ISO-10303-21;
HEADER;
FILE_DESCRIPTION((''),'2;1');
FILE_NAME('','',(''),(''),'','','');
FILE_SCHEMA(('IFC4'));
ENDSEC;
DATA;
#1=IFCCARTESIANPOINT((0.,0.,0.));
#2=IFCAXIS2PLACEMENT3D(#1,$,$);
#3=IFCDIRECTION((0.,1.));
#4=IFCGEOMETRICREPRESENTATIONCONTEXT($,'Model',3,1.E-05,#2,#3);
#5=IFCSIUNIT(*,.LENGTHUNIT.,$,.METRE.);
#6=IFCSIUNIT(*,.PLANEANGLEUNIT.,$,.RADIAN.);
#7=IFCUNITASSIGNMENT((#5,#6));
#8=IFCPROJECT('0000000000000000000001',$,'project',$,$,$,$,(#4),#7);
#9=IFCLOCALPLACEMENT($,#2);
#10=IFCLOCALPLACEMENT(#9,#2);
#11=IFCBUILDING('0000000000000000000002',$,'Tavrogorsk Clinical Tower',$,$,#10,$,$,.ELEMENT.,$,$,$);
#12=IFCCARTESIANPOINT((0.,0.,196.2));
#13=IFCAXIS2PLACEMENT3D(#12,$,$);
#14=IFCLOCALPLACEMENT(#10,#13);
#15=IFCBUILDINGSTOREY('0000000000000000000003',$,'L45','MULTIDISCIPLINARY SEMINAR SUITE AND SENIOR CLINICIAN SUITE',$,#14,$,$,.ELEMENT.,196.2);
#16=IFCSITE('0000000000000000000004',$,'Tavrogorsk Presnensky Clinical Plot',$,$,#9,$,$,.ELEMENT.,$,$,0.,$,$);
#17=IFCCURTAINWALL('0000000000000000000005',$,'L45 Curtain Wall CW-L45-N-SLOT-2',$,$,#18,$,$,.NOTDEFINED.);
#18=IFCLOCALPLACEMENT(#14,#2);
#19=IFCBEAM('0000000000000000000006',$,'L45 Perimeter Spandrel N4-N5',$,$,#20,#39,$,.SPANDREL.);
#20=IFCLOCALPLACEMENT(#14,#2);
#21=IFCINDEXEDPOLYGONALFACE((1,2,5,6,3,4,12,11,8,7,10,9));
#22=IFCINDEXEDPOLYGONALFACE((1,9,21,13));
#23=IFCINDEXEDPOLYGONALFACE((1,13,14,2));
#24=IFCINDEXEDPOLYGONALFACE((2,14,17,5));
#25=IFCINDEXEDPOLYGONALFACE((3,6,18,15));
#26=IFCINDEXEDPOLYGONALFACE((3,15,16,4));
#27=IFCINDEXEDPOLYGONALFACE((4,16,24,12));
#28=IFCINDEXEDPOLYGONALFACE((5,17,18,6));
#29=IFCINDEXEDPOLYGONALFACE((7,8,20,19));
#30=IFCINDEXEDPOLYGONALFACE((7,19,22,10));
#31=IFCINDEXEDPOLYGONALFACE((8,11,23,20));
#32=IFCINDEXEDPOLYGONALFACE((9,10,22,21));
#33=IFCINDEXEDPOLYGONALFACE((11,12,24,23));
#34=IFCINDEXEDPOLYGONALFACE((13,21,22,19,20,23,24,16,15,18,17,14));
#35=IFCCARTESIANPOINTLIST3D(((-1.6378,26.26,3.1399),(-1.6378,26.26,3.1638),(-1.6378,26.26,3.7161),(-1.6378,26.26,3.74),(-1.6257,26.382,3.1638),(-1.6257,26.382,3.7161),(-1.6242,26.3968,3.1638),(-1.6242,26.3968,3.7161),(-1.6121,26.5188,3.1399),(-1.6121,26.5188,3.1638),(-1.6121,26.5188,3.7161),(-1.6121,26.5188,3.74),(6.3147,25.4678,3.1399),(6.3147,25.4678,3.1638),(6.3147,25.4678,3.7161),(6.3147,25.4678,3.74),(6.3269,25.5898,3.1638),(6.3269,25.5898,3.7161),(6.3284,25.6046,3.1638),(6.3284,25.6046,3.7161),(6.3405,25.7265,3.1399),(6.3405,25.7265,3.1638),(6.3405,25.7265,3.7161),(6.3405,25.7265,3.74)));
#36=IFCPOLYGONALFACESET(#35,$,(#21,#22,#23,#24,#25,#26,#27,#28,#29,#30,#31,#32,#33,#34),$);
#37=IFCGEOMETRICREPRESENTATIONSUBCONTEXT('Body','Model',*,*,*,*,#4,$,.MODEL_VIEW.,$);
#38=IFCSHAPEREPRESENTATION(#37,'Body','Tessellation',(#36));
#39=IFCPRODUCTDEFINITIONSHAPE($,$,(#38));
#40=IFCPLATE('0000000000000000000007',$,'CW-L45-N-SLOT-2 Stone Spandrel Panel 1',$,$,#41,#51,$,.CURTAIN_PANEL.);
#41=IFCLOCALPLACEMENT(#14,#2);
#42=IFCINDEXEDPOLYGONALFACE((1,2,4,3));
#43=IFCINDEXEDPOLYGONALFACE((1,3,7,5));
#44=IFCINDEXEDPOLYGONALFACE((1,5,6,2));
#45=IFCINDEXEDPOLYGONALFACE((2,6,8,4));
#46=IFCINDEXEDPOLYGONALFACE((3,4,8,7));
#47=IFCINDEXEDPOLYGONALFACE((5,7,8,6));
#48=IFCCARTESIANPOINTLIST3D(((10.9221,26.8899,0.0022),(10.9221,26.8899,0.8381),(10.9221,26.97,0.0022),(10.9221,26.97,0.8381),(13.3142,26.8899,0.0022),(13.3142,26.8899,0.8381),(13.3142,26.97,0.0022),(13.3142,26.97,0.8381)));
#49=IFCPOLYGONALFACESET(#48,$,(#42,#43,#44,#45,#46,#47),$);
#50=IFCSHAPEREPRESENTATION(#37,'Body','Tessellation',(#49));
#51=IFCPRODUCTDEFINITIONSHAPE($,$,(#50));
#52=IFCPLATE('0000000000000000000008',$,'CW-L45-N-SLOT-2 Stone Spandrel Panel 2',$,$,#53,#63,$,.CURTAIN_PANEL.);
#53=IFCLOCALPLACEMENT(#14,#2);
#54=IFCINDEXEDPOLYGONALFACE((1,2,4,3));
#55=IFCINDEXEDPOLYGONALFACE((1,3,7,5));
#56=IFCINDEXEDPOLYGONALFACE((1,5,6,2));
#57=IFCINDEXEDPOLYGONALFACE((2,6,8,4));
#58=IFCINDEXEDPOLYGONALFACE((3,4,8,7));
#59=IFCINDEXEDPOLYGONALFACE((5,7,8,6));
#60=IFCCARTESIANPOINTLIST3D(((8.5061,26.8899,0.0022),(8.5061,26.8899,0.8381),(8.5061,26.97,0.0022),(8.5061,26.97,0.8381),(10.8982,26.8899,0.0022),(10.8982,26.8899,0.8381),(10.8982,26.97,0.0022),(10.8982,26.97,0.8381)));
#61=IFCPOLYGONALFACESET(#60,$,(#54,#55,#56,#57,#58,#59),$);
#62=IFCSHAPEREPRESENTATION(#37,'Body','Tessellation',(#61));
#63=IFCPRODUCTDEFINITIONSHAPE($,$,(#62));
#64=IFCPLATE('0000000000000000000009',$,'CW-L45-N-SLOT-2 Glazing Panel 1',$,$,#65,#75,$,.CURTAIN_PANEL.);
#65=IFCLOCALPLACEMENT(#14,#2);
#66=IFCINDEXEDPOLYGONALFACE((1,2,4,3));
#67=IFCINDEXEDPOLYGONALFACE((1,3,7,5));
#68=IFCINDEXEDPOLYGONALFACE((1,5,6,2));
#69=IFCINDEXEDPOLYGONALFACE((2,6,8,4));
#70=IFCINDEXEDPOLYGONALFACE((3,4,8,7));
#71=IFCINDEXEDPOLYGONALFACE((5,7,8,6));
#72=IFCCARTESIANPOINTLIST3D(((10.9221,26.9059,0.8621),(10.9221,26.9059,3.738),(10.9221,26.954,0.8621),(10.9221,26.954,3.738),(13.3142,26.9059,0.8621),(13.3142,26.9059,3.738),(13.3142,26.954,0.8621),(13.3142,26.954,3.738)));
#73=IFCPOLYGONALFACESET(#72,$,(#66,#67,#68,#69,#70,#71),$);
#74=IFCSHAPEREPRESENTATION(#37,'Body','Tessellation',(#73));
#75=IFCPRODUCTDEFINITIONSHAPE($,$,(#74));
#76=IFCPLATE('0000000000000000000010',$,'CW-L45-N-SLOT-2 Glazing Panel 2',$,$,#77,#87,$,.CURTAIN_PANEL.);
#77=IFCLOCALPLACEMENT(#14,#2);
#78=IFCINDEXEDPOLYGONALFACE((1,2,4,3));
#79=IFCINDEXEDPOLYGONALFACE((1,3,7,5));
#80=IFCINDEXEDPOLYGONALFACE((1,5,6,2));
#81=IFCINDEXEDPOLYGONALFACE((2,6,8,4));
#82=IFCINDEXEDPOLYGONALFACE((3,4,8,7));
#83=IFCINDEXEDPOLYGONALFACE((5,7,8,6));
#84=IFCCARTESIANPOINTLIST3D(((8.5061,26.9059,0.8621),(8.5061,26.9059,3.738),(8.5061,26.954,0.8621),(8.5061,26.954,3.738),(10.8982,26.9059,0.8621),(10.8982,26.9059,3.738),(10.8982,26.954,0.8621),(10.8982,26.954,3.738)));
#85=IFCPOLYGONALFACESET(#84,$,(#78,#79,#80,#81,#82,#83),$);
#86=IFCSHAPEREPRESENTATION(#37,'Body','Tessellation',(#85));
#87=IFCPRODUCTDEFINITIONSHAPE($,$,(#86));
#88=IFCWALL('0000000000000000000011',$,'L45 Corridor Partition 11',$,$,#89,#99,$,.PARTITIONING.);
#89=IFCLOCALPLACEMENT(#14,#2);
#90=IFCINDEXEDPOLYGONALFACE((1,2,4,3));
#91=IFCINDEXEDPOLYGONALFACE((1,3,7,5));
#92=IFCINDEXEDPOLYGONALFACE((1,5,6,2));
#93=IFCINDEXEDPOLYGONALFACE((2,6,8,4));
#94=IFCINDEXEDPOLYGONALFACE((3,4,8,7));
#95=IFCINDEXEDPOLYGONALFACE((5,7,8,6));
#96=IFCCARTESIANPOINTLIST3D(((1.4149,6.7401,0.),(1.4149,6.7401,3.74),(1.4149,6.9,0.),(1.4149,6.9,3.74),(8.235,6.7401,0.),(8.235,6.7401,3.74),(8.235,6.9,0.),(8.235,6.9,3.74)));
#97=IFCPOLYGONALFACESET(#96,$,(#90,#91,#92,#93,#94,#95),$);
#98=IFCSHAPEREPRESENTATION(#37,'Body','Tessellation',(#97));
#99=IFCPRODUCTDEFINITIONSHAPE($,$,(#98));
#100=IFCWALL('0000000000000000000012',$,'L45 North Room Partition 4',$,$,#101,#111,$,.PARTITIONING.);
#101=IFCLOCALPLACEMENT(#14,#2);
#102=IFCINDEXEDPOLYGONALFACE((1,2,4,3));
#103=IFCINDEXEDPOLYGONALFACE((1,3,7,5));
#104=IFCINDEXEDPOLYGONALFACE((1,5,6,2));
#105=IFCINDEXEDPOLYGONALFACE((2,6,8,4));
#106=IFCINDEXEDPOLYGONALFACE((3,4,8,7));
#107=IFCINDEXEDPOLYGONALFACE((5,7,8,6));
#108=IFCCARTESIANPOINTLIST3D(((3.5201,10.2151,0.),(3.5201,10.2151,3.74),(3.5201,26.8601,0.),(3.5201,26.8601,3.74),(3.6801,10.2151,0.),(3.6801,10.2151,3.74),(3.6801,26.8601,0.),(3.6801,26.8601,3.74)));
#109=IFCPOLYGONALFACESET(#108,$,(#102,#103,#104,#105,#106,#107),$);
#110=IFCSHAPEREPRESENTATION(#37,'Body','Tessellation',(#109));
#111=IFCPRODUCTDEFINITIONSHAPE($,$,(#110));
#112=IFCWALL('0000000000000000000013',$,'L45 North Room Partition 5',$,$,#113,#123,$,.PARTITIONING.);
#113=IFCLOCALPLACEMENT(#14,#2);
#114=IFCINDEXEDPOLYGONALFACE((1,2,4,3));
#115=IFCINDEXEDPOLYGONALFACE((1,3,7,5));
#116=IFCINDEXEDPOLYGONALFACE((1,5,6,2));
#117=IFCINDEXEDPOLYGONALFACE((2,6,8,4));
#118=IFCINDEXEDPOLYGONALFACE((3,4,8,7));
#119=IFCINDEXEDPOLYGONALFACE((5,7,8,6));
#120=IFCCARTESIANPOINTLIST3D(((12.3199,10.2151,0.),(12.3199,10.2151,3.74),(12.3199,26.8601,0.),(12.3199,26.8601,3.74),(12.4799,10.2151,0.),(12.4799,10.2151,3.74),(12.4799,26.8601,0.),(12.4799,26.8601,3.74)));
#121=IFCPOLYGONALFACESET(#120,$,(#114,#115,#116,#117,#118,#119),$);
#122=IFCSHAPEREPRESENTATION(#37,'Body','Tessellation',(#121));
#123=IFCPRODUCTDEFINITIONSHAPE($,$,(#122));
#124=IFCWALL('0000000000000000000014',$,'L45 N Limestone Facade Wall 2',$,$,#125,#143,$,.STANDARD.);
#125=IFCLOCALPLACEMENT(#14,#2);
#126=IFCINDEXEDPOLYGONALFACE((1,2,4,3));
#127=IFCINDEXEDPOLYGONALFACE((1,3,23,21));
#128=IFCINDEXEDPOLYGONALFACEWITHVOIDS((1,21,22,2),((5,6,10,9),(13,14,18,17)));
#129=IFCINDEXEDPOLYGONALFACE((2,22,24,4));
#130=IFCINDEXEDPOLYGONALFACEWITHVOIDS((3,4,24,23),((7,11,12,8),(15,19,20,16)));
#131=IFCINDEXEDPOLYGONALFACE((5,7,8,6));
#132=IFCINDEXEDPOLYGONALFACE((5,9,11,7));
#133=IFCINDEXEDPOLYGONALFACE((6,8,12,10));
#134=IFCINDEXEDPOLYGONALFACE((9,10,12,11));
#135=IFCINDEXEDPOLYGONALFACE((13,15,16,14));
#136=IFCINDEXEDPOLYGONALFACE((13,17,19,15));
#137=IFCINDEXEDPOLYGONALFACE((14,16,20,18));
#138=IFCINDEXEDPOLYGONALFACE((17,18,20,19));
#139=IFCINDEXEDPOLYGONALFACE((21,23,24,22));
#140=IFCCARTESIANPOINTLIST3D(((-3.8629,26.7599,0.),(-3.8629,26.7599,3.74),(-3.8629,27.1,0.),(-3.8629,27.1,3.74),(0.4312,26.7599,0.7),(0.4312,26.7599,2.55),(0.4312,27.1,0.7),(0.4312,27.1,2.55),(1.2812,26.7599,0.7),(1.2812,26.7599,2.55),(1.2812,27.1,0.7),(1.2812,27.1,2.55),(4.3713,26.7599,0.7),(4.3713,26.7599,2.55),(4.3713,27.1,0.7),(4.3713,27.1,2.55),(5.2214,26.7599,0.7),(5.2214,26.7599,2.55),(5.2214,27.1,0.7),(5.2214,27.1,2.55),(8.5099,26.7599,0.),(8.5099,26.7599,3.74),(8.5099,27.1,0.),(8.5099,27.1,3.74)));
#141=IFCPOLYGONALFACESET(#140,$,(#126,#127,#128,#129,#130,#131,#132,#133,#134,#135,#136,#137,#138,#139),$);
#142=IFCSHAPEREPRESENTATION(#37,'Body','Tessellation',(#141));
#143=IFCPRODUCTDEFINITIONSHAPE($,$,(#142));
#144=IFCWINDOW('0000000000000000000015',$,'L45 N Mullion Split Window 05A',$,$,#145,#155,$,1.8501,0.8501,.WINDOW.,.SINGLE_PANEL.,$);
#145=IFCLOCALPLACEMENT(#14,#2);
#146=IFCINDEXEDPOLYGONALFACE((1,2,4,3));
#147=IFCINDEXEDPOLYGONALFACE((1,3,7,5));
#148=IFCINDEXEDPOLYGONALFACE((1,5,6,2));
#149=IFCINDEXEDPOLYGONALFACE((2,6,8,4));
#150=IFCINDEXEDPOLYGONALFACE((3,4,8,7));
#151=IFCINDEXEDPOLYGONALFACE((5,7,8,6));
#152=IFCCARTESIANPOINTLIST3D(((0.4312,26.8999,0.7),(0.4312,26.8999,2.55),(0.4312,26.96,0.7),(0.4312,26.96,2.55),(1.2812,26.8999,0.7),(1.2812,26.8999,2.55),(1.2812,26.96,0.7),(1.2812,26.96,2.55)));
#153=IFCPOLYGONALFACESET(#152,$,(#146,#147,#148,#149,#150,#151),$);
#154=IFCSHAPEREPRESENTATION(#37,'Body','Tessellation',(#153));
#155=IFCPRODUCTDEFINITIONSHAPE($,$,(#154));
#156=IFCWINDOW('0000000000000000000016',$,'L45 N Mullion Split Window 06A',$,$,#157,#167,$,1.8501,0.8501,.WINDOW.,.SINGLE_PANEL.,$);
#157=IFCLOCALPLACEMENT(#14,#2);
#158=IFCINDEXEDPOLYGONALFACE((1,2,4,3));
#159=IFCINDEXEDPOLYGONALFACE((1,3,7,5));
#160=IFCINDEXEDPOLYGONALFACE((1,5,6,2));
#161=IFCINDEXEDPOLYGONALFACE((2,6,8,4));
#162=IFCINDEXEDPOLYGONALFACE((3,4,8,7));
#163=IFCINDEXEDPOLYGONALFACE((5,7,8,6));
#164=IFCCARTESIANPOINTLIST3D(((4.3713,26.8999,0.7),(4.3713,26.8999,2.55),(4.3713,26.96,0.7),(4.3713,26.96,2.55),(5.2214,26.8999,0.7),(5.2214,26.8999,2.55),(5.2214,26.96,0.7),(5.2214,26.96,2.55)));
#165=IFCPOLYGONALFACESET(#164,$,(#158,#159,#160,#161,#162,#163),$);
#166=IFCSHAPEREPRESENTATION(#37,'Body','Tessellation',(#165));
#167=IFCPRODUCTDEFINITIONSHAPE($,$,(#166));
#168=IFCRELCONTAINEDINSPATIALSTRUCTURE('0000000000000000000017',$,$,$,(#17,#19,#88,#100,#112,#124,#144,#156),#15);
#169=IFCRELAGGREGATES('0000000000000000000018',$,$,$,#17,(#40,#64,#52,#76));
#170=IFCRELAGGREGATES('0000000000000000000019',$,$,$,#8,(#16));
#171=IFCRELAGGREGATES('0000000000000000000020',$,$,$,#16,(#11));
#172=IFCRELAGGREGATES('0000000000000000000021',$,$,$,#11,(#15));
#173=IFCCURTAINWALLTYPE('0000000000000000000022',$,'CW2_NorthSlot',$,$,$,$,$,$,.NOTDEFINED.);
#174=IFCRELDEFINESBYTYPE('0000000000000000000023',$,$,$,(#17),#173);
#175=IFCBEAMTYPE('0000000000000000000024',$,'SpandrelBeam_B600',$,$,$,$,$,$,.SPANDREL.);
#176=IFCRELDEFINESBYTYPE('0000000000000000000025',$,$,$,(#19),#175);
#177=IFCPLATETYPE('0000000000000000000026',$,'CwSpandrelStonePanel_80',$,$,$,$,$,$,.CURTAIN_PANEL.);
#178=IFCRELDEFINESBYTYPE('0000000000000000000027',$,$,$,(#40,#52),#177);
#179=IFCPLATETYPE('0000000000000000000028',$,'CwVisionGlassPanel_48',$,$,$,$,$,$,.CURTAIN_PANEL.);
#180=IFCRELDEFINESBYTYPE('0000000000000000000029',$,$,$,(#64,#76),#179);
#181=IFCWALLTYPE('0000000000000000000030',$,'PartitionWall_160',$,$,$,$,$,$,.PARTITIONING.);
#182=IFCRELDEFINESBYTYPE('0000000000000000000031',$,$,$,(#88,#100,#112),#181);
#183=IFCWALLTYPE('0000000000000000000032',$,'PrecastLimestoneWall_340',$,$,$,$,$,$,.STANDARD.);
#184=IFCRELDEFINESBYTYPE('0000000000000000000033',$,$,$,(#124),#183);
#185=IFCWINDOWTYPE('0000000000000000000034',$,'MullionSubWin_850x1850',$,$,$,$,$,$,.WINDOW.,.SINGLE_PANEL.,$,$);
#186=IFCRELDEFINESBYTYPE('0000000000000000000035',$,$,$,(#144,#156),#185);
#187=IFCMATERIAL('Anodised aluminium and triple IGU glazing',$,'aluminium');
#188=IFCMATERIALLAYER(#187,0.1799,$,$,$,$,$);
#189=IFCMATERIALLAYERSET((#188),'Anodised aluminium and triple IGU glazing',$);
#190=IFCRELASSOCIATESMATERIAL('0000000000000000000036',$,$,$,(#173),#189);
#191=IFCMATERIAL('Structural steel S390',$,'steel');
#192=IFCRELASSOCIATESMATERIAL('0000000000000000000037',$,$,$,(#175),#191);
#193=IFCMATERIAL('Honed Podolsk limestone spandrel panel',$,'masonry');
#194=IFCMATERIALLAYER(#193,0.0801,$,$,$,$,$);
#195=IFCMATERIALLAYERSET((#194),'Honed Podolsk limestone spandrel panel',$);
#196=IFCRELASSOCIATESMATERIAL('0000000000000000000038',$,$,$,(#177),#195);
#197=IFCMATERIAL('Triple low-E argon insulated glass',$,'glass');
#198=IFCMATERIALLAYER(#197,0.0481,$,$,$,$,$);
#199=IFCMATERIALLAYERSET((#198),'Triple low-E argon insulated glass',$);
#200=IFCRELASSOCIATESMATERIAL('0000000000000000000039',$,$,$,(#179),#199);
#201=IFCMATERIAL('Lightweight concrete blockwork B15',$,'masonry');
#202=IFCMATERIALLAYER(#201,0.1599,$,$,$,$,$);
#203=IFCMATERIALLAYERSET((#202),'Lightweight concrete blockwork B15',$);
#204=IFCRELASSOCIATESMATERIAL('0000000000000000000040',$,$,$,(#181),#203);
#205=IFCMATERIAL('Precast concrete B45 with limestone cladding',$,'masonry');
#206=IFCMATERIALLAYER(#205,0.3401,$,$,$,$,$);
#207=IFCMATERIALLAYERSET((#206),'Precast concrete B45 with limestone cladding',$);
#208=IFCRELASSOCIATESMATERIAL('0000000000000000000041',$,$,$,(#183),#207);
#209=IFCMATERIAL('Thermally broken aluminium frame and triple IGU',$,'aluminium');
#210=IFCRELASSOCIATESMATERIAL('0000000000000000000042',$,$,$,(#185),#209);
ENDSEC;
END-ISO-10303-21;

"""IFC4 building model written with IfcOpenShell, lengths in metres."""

from ifc_helpers import new_model, si_unit, direction, frame, frame_2d, origin, origin_2d, place, context, subcontext, project, spatial, rectangle, i_section, extrude, material, layer, layer_set, material_profile, profile_set, type_object, element, fill, aggregate, save


model = new_model("IFC4")

# Units and contexts
model_context = context("Model", 3, precision=1e-05, world=origin(), true_north=direction((0.0, 1.0)))
body_context = subcontext(model_context, "Body", "Model", "MODEL_VIEW")
ifc_project = project(units=[si_unit("LENGTHUNIT", "METRE"), si_unit("PLANEANGLEUNIT", "RADIAN")], contexts=[model_context])

# Site, building, storey
site_placement = place(None, origin())
site = spatial("IfcSite", under=ifc_project, at=site_placement, Name="Tavrogorsk Presnensky Clinical Plot", CompositionType="ELEMENT", RefElevation=0.0)
building_placement = place(site_placement, origin())
building = spatial("IfcBuilding", under=site, at=building_placement, Name="Tavrogorsk Clinical Tower", CompositionType="ELEMENT")
storey_placement = place(building_placement, frame((0.0, 0.0, 196.2)))
storey = spatial("IfcBuildingStorey", under=building, at=storey_placement, Name="L45", Description="MULTIDISCIPLINARY SEMINAR SUITE AND SENIOR CLINICIAN SUITE", CompositionType="ELEMENT", Elevation=196.2)

# Curtain wall
ifc_material_1 = material(Name="Anodised aluminium and triple IGU glazing", Category="aluminium")
ifc_layer_1 = layer(ifc_material_1, 0.1799)
ifc_layer_set_1 = layer_set([ifc_layer_1], Name="Anodised aluminium and triple IGU glazing")
curtain_wall_type = type_object("IfcCurtainWallType", Name="CW2_NorthSlot", PredefinedType="NOTDEFINED", material=ifc_layer_set_1)
curtain_wall_placement = place(storey_placement, origin())
curtain_wall = element("IfcCurtainWall", 1, at=curtain_wall_placement, inside=storey, type_object=curtain_wall_type, Name="L45 Curtain Wall CW-L45-N-SLOT-2", PredefinedType="NOTDEFINED")

# Beam
ifc_material_2 = material(Name="Structural steel S390", Category="steel")
ifc_material_profile_1 = material_profile(ifc_material_2, i_section(OverallWidth=0.26, OverallDepth=0.6001, WebThickness=0.0149, FlangeThickness=0.0239, at=origin_2d()), Name="B-600x260x15x24")
ifc_profile_set_1 = profile_set([ifc_material_profile_1], Name="Structural steel S390")
beam_type_1 = type_object("IfcBeamType", Name="SpandrelBeam_B600", PredefinedType="SPANDREL", material=ifc_profile_set_1)
beam_1_placement = place(storey_placement, frame((6.3276, 25.5972, 3.4399), z_axis=(-0.995075, 0.099129, 0.0), x_axis=(-0.099129, -0.995075, 0.0)))
element("IfcBeam", 2, at=beam_1_placement, inside=storey, type_object=beam_type_1, Name="L45 Perimeter Spandrel N4-N5", PredefinedType="SPANDREL", context=body_context, shape_type="SweptSolid", body=[
    extrude(i_section(OverallWidth=0.26, OverallDepth=0.6001, WebThickness=0.0149, FlangeThickness=0.0239, at=origin_2d()), origin(), (0.0, 0.0, 1.0), 7.9919),
])

# Plates
ifc_material_3 = material(Name="Honed Podolsk limestone spandrel panel", Category="masonry")
ifc_layer_2 = layer(ifc_material_3, 0.0801)
ifc_layer_set_2 = layer_set([ifc_layer_2], Name="Honed Podolsk limestone spandrel panel")
plate_type_1 = type_object("IfcPlateType", Name="CwSpandrelStonePanel_80", PredefinedType="CURTAIN_PANEL", material=ifc_layer_set_2)
plate_1_placement = place(storey_placement, frame((12.1182, 26.9299, 0.0022), z_axis=(0.0, 0.0, 1.0), x_axis=(-1.0, 0.0, 0.0)))
plate_1 = element("IfcPlate", 3, at=plate_1_placement, type_object=plate_type_1, Name="CW-L45-N-SLOT-2 Stone Spandrel Panel 1", PredefinedType="CURTAIN_PANEL", context=body_context, shape_type="SweptSolid", body=[
    extrude(rectangle(XDim=2.3921, YDim=0.0801, at=origin_2d()), origin(), (0.0, 0.0, 1.0), 0.8359),
])
plate_2_placement = place(storey_placement, frame((9.7021, 26.9299, 0.0022), z_axis=(0.0, 0.0, 1.0), x_axis=(-1.0, 0.0, 0.0)))
plate_2 = element("IfcPlate", 4, at=plate_2_placement, type_object=plate_type_1, Name="CW-L45-N-SLOT-2 Stone Spandrel Panel 2", PredefinedType="CURTAIN_PANEL", context=body_context, shape_type="SweptSolid", body=[
    extrude(rectangle(XDim=2.3921, YDim=0.0801, at=origin_2d()), origin(), (0.0, 0.0, 1.0), 0.8359),
])
ifc_material_4 = material(Name="Triple low-E argon insulated glass", Category="glass")
ifc_layer_3 = layer(ifc_material_4, 0.0481)
ifc_layer_set_3 = layer_set([ifc_layer_3], Name="Triple low-E argon insulated glass")
plate_type_2 = type_object("IfcPlateType", Name="CwVisionGlassPanel_48", PredefinedType="CURTAIN_PANEL", material=ifc_layer_set_3)
plate_3_placement = place(storey_placement, frame((12.1182, 26.9299, 0.8621), z_axis=(0.0, 0.0, 1.0), x_axis=(-1.0, 0.0, 0.0)))
plate_3 = element("IfcPlate", 5, at=plate_3_placement, type_object=plate_type_2, Name="CW-L45-N-SLOT-2 Glazing Panel 1", PredefinedType="CURTAIN_PANEL", context=body_context, shape_type="SweptSolid", body=[
    extrude(rectangle(XDim=2.3921, YDim=0.0481, at=origin_2d()), origin(), (0.0, 0.0, 1.0), 2.876),
])
plate_4_placement = place(storey_placement, frame((9.7021, 26.9299, 0.8621), z_axis=(0.0, 0.0, 1.0), x_axis=(-1.0, 0.0, 0.0)))
plate_4 = element("IfcPlate", 6, at=plate_4_placement, type_object=plate_type_2, Name="CW-L45-N-SLOT-2 Glazing Panel 2", PredefinedType="CURTAIN_PANEL", context=body_context, shape_type="SweptSolid", body=[
    extrude(rectangle(XDim=2.3921, YDim=0.0481, at=origin_2d()), origin(), (0.0, 0.0, 1.0), 2.876),
])
aggregate(curtain_wall, [plate_1, plate_3, plate_2, plate_4])

# Walls
ifc_material_5 = material(Name="Lightweight concrete blockwork B15", Category="masonry")
ifc_layer_4 = layer(ifc_material_5, 0.1599)
ifc_layer_set_4 = layer_set([ifc_layer_4], Name="Lightweight concrete blockwork B15")
wall_type_1 = type_object("IfcWallType", Name="PartitionWall_160", PredefinedType="PARTITIONING", material=ifc_layer_set_4)
wall_1_placement = place(storey_placement, frame((8.2351, 6.8201, 0.0), z_axis=(0.0, 0.0, 1.0), x_axis=(-1.0, 0.0, 0.0)))
element("IfcWall", 7, at=wall_1_placement, inside=storey, type_object=wall_type_1, Name="L45 Corridor Partition 11", PredefinedType="PARTITIONING", context=body_context, shape_type="SweptSolid", body=[
    extrude(rectangle(XDim=6.8201, YDim=0.1599, at=frame_2d((3.4102, 0.0))), origin(), (0.0, 0.0, 1.0), 3.74),
])
for number, where, z_axis, x_axis, name in (
    (8, (3.6001, 10.2151, 0.0), (0.0, 0.0, 1.0), (0.0, 1.0, 0.0), "L45 North Room Partition 4"),
    (9, (12.3999, 10.2151, 0.0), (0.0, 0.0, 1.0), (0.0, 1.0, 0.0), "L45 North Room Partition 5"),
):
    element("IfcWall", number, at=place(storey_placement, frame(where, z_axis=z_axis, x_axis=x_axis)), inside=storey, type_object=wall_type_1, Name=name, PredefinedType="PARTITIONING", context=body_context, shape_type="SweptSolid", body=[
        extrude(rectangle(XDim=16.645, YDim=0.1599, at=frame_2d((8.3225, 0.0))), origin(), (0.0, 0.0, 1.0), 3.74),
    ])

# Wall, openings, windows
ifc_material_6 = material(Name="Precast concrete B45 with limestone cladding", Category="masonry")
ifc_layer_5 = layer(ifc_material_6, 0.3401)
ifc_layer_set_5 = layer_set([ifc_layer_5], Name="Precast concrete B45 with limestone cladding")
wall_type_2 = type_object("IfcWallType", Name="PrecastLimestoneWall_340", PredefinedType="STANDARD", material=ifc_layer_set_5)
wall_2_placement = place(storey_placement, frame((8.51, 26.9299, 0.0), z_axis=(0.0, 0.0, 1.0), x_axis=(-1.0, 0.0, 0.0)))
wall_2 = element("IfcWall", 10, at=wall_2_placement, inside=storey, type_object=wall_type_2, Name="L45 N Limestone Facade Wall 2", PredefinedType="STANDARD", context=body_context, shape_type="SweptSolid", body=[
    extrude(rectangle(XDim=12.3728, YDim=0.3401, at=frame_2d((6.1865, 0.0))), origin(), (0.0, 0.0, 1.0), 3.74),
])
opening_1_placement = place(wall_2_placement, frame((7.2288, 0.0, 0.7)))
opening_1 = element("IfcOpeningElement", 11, at=opening_1_placement, cuts=wall_2, PredefinedType="OPENING", context=body_context, shape_type="SweptSolid", body=[
    extrude(rectangle(XDim=0.8501, YDim=1.8501, at=frame_2d((0.425, 0.925))), frame((0.0, 0.1799, 0.0), z_axis=(0.0, -1.0, 0.0), x_axis=(1.0, 0.0, 0.0)), (0.0, 0.0, 1.0), 0.3601),
])
opening_2_placement = place(wall_2_placement, frame((3.2886, 0.0, 0.7)))
opening_2 = element("IfcOpeningElement", 12, at=opening_2_placement, cuts=wall_2, PredefinedType="OPENING", context=body_context, shape_type="SweptSolid", body=[
    extrude(rectangle(XDim=0.8501, YDim=1.8501, at=frame_2d((0.425, 0.925))), frame((0.0, 0.1799, 0.0), z_axis=(0.0, -1.0, 0.0), x_axis=(1.0, 0.0, 0.0)), (0.0, 0.0, 1.0), 0.3601),
])
ifc_material_7 = material(Name="Thermally broken aluminium frame and triple IGU", Category="aluminium")
window_type = type_object("IfcWindowType", Name="MullionSubWin_850x1850", PartitioningType="SINGLE_PANEL", PredefinedType="WINDOW", material=ifc_material_7)
window_1_placement = place(opening_1_placement, origin())
window_1 = element("IfcWindow", 13, at=window_1_placement, inside=storey, type_object=window_type, Name="L45 N Mullion Split Window 05A", OverallHeight=1.8501, OverallWidth=0.8501, PartitioningType="SINGLE_PANEL", PredefinedType="WINDOW", context=body_context, shape_type="SweptSolid", body=[
    extrude(rectangle(XDim=0.8501, YDim=1.8501, at=frame_2d((0.425, 0.925))), frame((0.0, 0.03, 0.0), z_axis=(0.0, -1.0, 0.0), x_axis=(1.0, 0.0, 0.0)), (0.0, 0.0, 1.0), 0.0601),
])
fill(opening_1, window_1)
window_2_placement = place(opening_2_placement, origin())
window_2 = element("IfcWindow", 14, at=window_2_placement, inside=storey, type_object=window_type, Name="L45 N Mullion Split Window 06A", OverallHeight=1.8501, OverallWidth=0.8501, PartitioningType="SINGLE_PANEL", PredefinedType="WINDOW", context=body_context, shape_type="SweptSolid", body=[
    extrude(rectangle(XDim=0.8501, YDim=1.8501, at=frame_2d((0.425, 0.925))), frame((0.0, 0.03, 0.0), z_axis=(0.0, -1.0, 0.0), x_axis=(1.0, 0.0, 0.0)), (0.0, 0.0, 1.0), 0.0601),
])
fill(opening_2, window_2)

save(model, "model.ifc")
